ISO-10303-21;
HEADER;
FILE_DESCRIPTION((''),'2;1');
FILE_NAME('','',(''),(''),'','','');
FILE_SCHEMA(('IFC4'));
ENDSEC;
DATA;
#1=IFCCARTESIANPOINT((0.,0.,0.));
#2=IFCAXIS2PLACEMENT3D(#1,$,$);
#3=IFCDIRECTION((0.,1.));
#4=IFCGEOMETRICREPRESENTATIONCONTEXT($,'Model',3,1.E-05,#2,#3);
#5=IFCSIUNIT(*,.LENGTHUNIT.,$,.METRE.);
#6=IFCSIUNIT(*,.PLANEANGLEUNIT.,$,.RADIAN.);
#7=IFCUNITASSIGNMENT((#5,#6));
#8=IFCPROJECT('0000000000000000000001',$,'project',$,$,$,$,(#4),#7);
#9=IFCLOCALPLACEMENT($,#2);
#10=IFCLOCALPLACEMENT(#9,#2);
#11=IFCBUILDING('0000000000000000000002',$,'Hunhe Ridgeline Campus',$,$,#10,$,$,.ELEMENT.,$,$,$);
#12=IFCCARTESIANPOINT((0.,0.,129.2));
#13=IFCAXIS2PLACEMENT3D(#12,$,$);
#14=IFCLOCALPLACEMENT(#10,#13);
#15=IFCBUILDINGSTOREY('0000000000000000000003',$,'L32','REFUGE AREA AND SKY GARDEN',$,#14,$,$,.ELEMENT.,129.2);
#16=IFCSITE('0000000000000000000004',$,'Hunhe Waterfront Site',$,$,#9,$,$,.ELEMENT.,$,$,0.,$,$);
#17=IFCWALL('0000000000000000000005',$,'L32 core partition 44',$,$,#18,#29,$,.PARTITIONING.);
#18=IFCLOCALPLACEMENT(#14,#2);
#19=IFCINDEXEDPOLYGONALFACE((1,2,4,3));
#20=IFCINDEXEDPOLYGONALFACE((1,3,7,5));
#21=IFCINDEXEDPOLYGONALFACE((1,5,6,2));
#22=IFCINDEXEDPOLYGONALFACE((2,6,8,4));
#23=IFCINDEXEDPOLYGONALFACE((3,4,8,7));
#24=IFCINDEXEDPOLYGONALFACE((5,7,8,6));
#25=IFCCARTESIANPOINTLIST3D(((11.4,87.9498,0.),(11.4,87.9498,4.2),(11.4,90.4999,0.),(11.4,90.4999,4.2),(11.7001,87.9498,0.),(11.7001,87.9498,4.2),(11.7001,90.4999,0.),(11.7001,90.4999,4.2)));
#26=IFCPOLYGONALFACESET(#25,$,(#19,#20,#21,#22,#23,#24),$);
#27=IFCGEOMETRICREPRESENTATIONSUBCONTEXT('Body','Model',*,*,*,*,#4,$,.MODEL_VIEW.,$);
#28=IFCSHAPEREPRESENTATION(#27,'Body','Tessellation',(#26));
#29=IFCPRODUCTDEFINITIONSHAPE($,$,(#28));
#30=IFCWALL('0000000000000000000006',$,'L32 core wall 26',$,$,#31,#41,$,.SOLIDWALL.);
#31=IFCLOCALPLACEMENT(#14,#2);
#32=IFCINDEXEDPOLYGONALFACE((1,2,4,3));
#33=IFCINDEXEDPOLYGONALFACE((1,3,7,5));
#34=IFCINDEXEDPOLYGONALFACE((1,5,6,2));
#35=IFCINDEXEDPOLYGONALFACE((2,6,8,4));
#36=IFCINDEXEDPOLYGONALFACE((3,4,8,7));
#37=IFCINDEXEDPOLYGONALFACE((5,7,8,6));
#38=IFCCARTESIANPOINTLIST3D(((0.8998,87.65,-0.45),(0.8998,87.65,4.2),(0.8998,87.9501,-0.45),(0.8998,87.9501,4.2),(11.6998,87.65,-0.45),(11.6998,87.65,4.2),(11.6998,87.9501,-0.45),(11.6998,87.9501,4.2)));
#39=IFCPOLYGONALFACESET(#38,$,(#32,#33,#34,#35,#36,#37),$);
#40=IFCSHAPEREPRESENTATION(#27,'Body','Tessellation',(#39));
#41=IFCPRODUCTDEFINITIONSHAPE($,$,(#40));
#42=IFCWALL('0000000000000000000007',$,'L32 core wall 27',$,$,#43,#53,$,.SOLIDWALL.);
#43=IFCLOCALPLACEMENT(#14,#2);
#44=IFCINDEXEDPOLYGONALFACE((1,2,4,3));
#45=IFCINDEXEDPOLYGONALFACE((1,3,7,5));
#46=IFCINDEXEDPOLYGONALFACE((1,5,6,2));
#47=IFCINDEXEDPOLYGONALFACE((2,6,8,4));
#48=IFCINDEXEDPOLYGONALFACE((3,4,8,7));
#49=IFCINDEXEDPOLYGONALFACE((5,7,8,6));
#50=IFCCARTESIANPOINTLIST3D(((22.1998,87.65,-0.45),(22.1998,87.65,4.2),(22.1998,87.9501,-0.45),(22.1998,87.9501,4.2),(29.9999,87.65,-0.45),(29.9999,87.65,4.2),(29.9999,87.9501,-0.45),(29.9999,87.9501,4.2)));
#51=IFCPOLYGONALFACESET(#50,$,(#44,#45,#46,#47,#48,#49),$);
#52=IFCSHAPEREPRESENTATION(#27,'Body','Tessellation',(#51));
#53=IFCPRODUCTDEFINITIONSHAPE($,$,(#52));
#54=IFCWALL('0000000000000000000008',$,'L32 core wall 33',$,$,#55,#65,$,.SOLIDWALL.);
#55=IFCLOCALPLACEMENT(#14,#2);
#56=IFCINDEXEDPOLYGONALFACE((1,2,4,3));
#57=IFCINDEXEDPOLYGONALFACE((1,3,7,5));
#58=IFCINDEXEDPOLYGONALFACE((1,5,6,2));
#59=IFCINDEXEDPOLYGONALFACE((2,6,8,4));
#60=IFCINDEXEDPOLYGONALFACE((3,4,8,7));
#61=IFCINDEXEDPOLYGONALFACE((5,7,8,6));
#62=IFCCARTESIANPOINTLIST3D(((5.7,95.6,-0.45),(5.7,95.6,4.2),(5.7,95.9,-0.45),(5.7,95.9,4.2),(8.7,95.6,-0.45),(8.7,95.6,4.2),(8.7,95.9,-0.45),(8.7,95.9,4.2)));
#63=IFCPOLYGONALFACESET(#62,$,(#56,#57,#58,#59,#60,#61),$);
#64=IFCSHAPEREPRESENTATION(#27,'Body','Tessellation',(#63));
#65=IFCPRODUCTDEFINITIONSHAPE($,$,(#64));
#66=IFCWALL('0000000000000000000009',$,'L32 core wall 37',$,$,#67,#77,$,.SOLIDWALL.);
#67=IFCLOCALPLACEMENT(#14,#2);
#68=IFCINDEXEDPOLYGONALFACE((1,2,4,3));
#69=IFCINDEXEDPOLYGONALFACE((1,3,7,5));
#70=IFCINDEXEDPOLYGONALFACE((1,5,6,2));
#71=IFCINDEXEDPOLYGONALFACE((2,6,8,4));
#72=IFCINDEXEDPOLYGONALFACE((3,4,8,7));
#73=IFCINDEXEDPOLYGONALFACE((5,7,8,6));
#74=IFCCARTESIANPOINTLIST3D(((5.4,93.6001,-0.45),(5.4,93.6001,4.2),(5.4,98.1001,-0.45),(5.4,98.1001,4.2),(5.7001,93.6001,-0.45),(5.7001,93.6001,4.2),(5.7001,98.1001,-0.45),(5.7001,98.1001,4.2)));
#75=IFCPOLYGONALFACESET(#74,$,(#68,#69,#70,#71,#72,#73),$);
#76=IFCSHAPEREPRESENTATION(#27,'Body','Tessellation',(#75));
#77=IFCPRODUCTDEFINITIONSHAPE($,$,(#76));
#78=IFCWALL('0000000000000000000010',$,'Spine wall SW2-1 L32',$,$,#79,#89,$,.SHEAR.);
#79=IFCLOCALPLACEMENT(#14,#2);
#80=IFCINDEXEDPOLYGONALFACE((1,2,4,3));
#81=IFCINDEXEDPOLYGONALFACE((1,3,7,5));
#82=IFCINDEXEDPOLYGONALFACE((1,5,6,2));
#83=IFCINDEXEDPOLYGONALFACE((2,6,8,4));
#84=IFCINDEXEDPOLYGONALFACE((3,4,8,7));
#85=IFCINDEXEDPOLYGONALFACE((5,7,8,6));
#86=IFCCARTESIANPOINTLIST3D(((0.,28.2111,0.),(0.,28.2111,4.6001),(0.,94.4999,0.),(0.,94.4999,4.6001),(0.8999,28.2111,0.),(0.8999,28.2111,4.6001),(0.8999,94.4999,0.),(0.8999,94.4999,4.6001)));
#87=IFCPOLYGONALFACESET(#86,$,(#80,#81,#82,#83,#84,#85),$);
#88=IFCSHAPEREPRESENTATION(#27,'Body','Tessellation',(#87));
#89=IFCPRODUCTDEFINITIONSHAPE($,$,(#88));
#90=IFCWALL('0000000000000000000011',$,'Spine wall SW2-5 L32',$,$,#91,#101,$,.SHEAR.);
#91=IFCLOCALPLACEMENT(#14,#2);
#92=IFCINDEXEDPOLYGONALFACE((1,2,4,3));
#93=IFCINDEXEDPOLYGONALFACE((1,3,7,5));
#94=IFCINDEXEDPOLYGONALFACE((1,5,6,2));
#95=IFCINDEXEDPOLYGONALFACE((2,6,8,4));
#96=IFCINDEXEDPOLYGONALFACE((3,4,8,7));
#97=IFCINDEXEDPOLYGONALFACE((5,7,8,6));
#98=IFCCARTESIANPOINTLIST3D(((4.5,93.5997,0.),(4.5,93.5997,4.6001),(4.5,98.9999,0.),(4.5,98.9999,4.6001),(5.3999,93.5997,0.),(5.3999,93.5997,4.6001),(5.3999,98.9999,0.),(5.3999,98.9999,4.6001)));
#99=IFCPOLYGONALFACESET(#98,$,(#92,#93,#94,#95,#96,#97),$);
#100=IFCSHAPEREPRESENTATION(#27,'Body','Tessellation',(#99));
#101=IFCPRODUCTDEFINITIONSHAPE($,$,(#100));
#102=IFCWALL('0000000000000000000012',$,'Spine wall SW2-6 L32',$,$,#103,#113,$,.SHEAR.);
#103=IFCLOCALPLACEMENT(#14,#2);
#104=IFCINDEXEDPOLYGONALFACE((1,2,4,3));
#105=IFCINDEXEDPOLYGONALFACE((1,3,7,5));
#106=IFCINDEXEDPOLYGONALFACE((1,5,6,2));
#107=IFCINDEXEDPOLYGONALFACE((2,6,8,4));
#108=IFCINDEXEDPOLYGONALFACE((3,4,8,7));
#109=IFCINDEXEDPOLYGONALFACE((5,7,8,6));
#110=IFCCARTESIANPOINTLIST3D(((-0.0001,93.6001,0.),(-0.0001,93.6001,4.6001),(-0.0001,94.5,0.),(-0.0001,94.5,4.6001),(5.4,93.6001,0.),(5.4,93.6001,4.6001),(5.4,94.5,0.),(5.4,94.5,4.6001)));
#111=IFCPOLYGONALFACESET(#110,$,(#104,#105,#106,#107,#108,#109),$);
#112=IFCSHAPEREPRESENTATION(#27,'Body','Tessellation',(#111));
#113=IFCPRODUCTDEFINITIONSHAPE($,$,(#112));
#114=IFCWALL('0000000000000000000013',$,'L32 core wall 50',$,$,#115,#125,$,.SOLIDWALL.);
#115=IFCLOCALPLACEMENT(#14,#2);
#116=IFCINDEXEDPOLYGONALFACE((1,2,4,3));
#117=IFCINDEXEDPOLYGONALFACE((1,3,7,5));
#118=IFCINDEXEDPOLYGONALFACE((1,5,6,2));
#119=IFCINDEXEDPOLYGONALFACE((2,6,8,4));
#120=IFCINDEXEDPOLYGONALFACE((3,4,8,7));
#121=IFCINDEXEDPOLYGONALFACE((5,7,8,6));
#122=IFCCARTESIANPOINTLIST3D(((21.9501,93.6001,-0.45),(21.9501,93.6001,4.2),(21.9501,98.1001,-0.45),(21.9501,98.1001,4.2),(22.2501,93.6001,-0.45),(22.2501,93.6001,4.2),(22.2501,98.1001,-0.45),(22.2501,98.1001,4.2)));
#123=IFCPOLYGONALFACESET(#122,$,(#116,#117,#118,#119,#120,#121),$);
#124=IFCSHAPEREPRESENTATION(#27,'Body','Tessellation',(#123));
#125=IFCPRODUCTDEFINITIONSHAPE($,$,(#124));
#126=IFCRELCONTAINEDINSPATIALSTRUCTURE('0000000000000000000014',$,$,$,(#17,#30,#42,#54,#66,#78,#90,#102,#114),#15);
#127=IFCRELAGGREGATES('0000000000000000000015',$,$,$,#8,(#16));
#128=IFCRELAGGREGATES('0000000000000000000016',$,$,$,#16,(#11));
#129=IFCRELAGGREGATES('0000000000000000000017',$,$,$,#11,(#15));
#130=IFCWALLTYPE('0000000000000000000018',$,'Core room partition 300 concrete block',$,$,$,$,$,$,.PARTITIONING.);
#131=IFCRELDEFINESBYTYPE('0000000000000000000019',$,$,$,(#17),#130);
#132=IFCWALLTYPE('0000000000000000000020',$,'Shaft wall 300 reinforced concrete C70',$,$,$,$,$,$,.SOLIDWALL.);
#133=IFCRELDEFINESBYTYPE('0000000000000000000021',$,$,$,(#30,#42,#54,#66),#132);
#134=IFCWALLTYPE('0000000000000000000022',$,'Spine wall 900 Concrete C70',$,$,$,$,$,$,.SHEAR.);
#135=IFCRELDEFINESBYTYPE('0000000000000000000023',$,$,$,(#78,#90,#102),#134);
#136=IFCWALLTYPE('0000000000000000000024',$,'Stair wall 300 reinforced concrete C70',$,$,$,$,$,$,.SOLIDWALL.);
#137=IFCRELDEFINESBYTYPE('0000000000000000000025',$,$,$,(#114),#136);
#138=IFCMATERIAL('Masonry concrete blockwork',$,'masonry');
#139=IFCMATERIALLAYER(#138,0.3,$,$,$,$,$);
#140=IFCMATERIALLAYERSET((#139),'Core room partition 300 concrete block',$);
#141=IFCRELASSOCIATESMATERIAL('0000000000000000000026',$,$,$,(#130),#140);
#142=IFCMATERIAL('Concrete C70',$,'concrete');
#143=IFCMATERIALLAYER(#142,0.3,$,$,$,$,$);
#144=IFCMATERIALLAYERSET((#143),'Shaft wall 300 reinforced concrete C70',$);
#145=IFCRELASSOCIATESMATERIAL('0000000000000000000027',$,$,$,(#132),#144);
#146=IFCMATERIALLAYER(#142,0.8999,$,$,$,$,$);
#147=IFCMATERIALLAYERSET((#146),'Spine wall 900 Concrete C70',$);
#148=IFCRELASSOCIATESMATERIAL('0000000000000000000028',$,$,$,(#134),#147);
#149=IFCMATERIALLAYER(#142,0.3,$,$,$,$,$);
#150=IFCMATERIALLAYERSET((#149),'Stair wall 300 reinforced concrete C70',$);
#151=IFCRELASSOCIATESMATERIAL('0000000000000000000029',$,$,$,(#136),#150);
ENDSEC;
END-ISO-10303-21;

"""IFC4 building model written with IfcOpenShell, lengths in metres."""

from ifc_helpers import new_model, si_unit, direction, frame, frame_2d, origin, place, context, subcontext, project, spatial, rectangle, extrude, material, layer, layer_set, type_object, element, save


model = new_model("IFC4")

# Units and contexts
model_context = context("Model", 3, precision=1e-05, world=origin(), true_north=direction((0.0, 1.0)))
body_context = subcontext(model_context, "Body", "Model", "MODEL_VIEW")
ifc_project = project(units=[si_unit("LENGTHUNIT", "METRE"), si_unit("PLANEANGLEUNIT", "RADIAN")], contexts=[model_context])

# Site, building, storey
site_placement = place(None, origin())
site = spatial("IfcSite", under=ifc_project, at=site_placement, Name="Hunhe Waterfront Site", CompositionType="ELEMENT", RefElevation=0.0)
building_placement = place(site_placement, origin())
building = spatial("IfcBuilding", under=site, at=building_placement, Name="Hunhe Ridgeline Campus", CompositionType="ELEMENT")
storey_placement = place(building_placement, frame((0.0, 0.0, 129.2)))
storey = spatial("IfcBuildingStorey", under=building, at=storey_placement, Name="L32", Description="REFUGE AREA AND SKY GARDEN", CompositionType="ELEMENT", Elevation=129.2)

# Wall
ifc_material_1 = material(Name="Masonry concrete blockwork", Category="masonry")
ifc_layer_1 = layer(ifc_material_1, 0.3)
ifc_layer_set_1 = layer_set([ifc_layer_1], Name="Core room partition 300 concrete block")
wall_type_1 = type_object("IfcWallType", Name="Core room partition 300 concrete block", PredefinedType="PARTITIONING", material=ifc_layer_set_1)
wall_1_placement = place(storey_placement, frame((11.55, 87.95, 0.0), z_axis=(0.0, 0.0, 1.0), x_axis=(0.0, 1.0, 0.0)))
element("IfcWall", 1, at=wall_1_placement, inside=storey, type_object=wall_type_1, Name="L32 core partition 44", PredefinedType="PARTITIONING", context=body_context, shape_type="SweptSolid", body=[
    extrude(rectangle(XDim=2.55, YDim=0.3, at=frame_2d((1.2749, 0.0))), origin(), (0.0, 0.0, 1.0), 4.2),
])

# Shared definitions
ifc_material_2 = material(Name="Concrete C70", Category="concrete")

# Walls
ifc_layer_2 = layer(ifc_material_2, 0.3)
ifc_layer_set_2 = layer_set([ifc_layer_2], Name="Shaft wall 300 reinforced concrete C70")
wall_type_2 = type_object("IfcWallType", Name="Shaft wall 300 reinforced concrete C70", PredefinedType="SOLIDWALL", material=ifc_layer_set_2)
wall_2_placement = place(storey_placement, frame((0.8999, 87.8, -0.45), z_axis=(0.0, 0.0, 1.0), x_axis=(1.0, 0.0, 0.0)))
element("IfcWall", 2, at=wall_2_placement, inside=storey, type_object=wall_type_2, Name="L32 core wall 26", PredefinedType="SOLIDWALL", context=body_context, shape_type="SweptSolid", body=[
    extrude(rectangle(XDim=10.8, YDim=0.3, at=frame_2d((5.3999, 0.0))), origin(), (0.0, 0.0, 1.0), 4.6499),
])
wall_3_placement = place(storey_placement, frame((22.2, 87.8, -0.45), z_axis=(0.0, 0.0, 1.0), x_axis=(1.0, 0.0, 0.0)))
element("IfcWall", 3, at=wall_3_placement, inside=storey, type_object=wall_type_2, Name="L32 core wall 27", PredefinedType="SOLIDWALL", context=body_context, shape_type="SweptSolid", body=[
    extrude(rectangle(XDim=7.8, YDim=0.3, at=frame_2d((3.8999, 0.0))), origin(), (0.0, 0.0, 1.0), 4.6499),
])

# Walls
wall_4_placement = place(storey_placement, frame((5.7, 95.75, -0.45), z_axis=(0.0, 0.0, 1.0), x_axis=(1.0, 0.0, 0.0)))
element("IfcWall", 4, at=wall_4_placement, inside=storey, type_object=wall_type_2, Name="L32 core wall 33", PredefinedType="SOLIDWALL", context=body_context, shape_type="SweptSolid", body=[
    extrude(rectangle(XDim=3.0, YDim=0.3, at=frame_2d((1.5, 0.0))), origin(), (0.0, 0.0, 1.0), 4.6499),
])
wall_5_placement = place(storey_placement, frame((5.55, 93.6001, -0.45), z_axis=(0.0, 0.0, 1.0), x_axis=(0.0, 1.0, 0.0)))
element("IfcWall", 5, at=wall_5_placement, inside=storey, type_object=wall_type_2, Name="L32 core wall 37", PredefinedType="SOLIDWALL", context=body_context, shape_type="SweptSolid", body=[
    extrude(rectangle(XDim=4.5, YDim=0.3, at=frame_2d((2.25, 0.0))), origin(), (0.0, 0.0, 1.0), 4.6499),
])

# Walls
ifc_layer_3 = layer(ifc_material_2, 0.8999)
ifc_layer_set_3 = layer_set([ifc_layer_3], Name="Spine wall 900 Concrete C70")
wall_type_3 = type_object("IfcWallType", Name="Spine wall 900 Concrete C70", PredefinedType="SHEAR", material=ifc_layer_set_3)
wall_6_placement = place(storey_placement, frame((0.45, 94.5, 0.0), z_axis=(0.0, 0.0, 1.0), x_axis=(0.0, -1.0, 0.0)))
element("IfcWall", 6, at=wall_6_placement, inside=storey, type_object=wall_type_3, Name="Spine wall SW2-1 L32", PredefinedType="SHEAR", context=body_context, shape_type="SweptSolid", body=[
    extrude(rectangle(XDim=66.2888, YDim=0.8999, at=frame_2d((33.1445, 0.0))), origin(), (0.0, 0.0, 1.0), 4.6001),
])
for number, where, z_axis, x_axis, name in (
    (7, (4.95, 99.0, 0.0), (0.0, 0.0, 1.0), (0.0, -1.0, 0.0), "Spine wall SW2-5 L32"),
    (8, (5.4001, 94.05, 0.0), (0.0, 0.0, 1.0), (-1.0, 0.0, 0.0), "Spine wall SW2-6 L32"),
):
    element("IfcWall", number, at=place(storey_placement, frame(where, z_axis=z_axis, x_axis=x_axis)), inside=storey, type_object=wall_type_3, Name=name, PredefinedType="SHEAR", context=body_context, shape_type="SweptSolid", body=[
        extrude(rectangle(XDim=5.4001, YDim=0.8999, at=frame_2d((2.7002, 0.0))), origin(), (0.0, 0.0, 1.0), 4.6001),
    ])

# Shared definitions
ifc_layer_4 = layer(ifc_material_2, 0.3)
ifc_layer_set_4 = layer_set([ifc_layer_4], Name="Stair wall 300 reinforced concrete C70")
wall_type_4 = type_object("IfcWallType", Name="Stair wall 300 reinforced concrete C70", PredefinedType="SOLIDWALL", material=ifc_layer_set_4)

# Wall
wall_7_placement = place(storey_placement, frame((22.1001, 93.6001, -0.45), z_axis=(0.0, 0.0, 1.0), x_axis=(0.0, 1.0, 0.0)))
element("IfcWall", 9, at=wall_7_placement, inside=storey, type_object=wall_type_4, Name="L32 core wall 50", PredefinedType="SOLIDWALL", context=body_context, shape_type="SweptSolid", body=[
    extrude(rectangle(XDim=4.5, YDim=0.3, at=frame_2d((2.25, 0.0))), origin(), (0.0, 0.0, 1.0), 4.6499),
])

save(model, "model.ifc")
